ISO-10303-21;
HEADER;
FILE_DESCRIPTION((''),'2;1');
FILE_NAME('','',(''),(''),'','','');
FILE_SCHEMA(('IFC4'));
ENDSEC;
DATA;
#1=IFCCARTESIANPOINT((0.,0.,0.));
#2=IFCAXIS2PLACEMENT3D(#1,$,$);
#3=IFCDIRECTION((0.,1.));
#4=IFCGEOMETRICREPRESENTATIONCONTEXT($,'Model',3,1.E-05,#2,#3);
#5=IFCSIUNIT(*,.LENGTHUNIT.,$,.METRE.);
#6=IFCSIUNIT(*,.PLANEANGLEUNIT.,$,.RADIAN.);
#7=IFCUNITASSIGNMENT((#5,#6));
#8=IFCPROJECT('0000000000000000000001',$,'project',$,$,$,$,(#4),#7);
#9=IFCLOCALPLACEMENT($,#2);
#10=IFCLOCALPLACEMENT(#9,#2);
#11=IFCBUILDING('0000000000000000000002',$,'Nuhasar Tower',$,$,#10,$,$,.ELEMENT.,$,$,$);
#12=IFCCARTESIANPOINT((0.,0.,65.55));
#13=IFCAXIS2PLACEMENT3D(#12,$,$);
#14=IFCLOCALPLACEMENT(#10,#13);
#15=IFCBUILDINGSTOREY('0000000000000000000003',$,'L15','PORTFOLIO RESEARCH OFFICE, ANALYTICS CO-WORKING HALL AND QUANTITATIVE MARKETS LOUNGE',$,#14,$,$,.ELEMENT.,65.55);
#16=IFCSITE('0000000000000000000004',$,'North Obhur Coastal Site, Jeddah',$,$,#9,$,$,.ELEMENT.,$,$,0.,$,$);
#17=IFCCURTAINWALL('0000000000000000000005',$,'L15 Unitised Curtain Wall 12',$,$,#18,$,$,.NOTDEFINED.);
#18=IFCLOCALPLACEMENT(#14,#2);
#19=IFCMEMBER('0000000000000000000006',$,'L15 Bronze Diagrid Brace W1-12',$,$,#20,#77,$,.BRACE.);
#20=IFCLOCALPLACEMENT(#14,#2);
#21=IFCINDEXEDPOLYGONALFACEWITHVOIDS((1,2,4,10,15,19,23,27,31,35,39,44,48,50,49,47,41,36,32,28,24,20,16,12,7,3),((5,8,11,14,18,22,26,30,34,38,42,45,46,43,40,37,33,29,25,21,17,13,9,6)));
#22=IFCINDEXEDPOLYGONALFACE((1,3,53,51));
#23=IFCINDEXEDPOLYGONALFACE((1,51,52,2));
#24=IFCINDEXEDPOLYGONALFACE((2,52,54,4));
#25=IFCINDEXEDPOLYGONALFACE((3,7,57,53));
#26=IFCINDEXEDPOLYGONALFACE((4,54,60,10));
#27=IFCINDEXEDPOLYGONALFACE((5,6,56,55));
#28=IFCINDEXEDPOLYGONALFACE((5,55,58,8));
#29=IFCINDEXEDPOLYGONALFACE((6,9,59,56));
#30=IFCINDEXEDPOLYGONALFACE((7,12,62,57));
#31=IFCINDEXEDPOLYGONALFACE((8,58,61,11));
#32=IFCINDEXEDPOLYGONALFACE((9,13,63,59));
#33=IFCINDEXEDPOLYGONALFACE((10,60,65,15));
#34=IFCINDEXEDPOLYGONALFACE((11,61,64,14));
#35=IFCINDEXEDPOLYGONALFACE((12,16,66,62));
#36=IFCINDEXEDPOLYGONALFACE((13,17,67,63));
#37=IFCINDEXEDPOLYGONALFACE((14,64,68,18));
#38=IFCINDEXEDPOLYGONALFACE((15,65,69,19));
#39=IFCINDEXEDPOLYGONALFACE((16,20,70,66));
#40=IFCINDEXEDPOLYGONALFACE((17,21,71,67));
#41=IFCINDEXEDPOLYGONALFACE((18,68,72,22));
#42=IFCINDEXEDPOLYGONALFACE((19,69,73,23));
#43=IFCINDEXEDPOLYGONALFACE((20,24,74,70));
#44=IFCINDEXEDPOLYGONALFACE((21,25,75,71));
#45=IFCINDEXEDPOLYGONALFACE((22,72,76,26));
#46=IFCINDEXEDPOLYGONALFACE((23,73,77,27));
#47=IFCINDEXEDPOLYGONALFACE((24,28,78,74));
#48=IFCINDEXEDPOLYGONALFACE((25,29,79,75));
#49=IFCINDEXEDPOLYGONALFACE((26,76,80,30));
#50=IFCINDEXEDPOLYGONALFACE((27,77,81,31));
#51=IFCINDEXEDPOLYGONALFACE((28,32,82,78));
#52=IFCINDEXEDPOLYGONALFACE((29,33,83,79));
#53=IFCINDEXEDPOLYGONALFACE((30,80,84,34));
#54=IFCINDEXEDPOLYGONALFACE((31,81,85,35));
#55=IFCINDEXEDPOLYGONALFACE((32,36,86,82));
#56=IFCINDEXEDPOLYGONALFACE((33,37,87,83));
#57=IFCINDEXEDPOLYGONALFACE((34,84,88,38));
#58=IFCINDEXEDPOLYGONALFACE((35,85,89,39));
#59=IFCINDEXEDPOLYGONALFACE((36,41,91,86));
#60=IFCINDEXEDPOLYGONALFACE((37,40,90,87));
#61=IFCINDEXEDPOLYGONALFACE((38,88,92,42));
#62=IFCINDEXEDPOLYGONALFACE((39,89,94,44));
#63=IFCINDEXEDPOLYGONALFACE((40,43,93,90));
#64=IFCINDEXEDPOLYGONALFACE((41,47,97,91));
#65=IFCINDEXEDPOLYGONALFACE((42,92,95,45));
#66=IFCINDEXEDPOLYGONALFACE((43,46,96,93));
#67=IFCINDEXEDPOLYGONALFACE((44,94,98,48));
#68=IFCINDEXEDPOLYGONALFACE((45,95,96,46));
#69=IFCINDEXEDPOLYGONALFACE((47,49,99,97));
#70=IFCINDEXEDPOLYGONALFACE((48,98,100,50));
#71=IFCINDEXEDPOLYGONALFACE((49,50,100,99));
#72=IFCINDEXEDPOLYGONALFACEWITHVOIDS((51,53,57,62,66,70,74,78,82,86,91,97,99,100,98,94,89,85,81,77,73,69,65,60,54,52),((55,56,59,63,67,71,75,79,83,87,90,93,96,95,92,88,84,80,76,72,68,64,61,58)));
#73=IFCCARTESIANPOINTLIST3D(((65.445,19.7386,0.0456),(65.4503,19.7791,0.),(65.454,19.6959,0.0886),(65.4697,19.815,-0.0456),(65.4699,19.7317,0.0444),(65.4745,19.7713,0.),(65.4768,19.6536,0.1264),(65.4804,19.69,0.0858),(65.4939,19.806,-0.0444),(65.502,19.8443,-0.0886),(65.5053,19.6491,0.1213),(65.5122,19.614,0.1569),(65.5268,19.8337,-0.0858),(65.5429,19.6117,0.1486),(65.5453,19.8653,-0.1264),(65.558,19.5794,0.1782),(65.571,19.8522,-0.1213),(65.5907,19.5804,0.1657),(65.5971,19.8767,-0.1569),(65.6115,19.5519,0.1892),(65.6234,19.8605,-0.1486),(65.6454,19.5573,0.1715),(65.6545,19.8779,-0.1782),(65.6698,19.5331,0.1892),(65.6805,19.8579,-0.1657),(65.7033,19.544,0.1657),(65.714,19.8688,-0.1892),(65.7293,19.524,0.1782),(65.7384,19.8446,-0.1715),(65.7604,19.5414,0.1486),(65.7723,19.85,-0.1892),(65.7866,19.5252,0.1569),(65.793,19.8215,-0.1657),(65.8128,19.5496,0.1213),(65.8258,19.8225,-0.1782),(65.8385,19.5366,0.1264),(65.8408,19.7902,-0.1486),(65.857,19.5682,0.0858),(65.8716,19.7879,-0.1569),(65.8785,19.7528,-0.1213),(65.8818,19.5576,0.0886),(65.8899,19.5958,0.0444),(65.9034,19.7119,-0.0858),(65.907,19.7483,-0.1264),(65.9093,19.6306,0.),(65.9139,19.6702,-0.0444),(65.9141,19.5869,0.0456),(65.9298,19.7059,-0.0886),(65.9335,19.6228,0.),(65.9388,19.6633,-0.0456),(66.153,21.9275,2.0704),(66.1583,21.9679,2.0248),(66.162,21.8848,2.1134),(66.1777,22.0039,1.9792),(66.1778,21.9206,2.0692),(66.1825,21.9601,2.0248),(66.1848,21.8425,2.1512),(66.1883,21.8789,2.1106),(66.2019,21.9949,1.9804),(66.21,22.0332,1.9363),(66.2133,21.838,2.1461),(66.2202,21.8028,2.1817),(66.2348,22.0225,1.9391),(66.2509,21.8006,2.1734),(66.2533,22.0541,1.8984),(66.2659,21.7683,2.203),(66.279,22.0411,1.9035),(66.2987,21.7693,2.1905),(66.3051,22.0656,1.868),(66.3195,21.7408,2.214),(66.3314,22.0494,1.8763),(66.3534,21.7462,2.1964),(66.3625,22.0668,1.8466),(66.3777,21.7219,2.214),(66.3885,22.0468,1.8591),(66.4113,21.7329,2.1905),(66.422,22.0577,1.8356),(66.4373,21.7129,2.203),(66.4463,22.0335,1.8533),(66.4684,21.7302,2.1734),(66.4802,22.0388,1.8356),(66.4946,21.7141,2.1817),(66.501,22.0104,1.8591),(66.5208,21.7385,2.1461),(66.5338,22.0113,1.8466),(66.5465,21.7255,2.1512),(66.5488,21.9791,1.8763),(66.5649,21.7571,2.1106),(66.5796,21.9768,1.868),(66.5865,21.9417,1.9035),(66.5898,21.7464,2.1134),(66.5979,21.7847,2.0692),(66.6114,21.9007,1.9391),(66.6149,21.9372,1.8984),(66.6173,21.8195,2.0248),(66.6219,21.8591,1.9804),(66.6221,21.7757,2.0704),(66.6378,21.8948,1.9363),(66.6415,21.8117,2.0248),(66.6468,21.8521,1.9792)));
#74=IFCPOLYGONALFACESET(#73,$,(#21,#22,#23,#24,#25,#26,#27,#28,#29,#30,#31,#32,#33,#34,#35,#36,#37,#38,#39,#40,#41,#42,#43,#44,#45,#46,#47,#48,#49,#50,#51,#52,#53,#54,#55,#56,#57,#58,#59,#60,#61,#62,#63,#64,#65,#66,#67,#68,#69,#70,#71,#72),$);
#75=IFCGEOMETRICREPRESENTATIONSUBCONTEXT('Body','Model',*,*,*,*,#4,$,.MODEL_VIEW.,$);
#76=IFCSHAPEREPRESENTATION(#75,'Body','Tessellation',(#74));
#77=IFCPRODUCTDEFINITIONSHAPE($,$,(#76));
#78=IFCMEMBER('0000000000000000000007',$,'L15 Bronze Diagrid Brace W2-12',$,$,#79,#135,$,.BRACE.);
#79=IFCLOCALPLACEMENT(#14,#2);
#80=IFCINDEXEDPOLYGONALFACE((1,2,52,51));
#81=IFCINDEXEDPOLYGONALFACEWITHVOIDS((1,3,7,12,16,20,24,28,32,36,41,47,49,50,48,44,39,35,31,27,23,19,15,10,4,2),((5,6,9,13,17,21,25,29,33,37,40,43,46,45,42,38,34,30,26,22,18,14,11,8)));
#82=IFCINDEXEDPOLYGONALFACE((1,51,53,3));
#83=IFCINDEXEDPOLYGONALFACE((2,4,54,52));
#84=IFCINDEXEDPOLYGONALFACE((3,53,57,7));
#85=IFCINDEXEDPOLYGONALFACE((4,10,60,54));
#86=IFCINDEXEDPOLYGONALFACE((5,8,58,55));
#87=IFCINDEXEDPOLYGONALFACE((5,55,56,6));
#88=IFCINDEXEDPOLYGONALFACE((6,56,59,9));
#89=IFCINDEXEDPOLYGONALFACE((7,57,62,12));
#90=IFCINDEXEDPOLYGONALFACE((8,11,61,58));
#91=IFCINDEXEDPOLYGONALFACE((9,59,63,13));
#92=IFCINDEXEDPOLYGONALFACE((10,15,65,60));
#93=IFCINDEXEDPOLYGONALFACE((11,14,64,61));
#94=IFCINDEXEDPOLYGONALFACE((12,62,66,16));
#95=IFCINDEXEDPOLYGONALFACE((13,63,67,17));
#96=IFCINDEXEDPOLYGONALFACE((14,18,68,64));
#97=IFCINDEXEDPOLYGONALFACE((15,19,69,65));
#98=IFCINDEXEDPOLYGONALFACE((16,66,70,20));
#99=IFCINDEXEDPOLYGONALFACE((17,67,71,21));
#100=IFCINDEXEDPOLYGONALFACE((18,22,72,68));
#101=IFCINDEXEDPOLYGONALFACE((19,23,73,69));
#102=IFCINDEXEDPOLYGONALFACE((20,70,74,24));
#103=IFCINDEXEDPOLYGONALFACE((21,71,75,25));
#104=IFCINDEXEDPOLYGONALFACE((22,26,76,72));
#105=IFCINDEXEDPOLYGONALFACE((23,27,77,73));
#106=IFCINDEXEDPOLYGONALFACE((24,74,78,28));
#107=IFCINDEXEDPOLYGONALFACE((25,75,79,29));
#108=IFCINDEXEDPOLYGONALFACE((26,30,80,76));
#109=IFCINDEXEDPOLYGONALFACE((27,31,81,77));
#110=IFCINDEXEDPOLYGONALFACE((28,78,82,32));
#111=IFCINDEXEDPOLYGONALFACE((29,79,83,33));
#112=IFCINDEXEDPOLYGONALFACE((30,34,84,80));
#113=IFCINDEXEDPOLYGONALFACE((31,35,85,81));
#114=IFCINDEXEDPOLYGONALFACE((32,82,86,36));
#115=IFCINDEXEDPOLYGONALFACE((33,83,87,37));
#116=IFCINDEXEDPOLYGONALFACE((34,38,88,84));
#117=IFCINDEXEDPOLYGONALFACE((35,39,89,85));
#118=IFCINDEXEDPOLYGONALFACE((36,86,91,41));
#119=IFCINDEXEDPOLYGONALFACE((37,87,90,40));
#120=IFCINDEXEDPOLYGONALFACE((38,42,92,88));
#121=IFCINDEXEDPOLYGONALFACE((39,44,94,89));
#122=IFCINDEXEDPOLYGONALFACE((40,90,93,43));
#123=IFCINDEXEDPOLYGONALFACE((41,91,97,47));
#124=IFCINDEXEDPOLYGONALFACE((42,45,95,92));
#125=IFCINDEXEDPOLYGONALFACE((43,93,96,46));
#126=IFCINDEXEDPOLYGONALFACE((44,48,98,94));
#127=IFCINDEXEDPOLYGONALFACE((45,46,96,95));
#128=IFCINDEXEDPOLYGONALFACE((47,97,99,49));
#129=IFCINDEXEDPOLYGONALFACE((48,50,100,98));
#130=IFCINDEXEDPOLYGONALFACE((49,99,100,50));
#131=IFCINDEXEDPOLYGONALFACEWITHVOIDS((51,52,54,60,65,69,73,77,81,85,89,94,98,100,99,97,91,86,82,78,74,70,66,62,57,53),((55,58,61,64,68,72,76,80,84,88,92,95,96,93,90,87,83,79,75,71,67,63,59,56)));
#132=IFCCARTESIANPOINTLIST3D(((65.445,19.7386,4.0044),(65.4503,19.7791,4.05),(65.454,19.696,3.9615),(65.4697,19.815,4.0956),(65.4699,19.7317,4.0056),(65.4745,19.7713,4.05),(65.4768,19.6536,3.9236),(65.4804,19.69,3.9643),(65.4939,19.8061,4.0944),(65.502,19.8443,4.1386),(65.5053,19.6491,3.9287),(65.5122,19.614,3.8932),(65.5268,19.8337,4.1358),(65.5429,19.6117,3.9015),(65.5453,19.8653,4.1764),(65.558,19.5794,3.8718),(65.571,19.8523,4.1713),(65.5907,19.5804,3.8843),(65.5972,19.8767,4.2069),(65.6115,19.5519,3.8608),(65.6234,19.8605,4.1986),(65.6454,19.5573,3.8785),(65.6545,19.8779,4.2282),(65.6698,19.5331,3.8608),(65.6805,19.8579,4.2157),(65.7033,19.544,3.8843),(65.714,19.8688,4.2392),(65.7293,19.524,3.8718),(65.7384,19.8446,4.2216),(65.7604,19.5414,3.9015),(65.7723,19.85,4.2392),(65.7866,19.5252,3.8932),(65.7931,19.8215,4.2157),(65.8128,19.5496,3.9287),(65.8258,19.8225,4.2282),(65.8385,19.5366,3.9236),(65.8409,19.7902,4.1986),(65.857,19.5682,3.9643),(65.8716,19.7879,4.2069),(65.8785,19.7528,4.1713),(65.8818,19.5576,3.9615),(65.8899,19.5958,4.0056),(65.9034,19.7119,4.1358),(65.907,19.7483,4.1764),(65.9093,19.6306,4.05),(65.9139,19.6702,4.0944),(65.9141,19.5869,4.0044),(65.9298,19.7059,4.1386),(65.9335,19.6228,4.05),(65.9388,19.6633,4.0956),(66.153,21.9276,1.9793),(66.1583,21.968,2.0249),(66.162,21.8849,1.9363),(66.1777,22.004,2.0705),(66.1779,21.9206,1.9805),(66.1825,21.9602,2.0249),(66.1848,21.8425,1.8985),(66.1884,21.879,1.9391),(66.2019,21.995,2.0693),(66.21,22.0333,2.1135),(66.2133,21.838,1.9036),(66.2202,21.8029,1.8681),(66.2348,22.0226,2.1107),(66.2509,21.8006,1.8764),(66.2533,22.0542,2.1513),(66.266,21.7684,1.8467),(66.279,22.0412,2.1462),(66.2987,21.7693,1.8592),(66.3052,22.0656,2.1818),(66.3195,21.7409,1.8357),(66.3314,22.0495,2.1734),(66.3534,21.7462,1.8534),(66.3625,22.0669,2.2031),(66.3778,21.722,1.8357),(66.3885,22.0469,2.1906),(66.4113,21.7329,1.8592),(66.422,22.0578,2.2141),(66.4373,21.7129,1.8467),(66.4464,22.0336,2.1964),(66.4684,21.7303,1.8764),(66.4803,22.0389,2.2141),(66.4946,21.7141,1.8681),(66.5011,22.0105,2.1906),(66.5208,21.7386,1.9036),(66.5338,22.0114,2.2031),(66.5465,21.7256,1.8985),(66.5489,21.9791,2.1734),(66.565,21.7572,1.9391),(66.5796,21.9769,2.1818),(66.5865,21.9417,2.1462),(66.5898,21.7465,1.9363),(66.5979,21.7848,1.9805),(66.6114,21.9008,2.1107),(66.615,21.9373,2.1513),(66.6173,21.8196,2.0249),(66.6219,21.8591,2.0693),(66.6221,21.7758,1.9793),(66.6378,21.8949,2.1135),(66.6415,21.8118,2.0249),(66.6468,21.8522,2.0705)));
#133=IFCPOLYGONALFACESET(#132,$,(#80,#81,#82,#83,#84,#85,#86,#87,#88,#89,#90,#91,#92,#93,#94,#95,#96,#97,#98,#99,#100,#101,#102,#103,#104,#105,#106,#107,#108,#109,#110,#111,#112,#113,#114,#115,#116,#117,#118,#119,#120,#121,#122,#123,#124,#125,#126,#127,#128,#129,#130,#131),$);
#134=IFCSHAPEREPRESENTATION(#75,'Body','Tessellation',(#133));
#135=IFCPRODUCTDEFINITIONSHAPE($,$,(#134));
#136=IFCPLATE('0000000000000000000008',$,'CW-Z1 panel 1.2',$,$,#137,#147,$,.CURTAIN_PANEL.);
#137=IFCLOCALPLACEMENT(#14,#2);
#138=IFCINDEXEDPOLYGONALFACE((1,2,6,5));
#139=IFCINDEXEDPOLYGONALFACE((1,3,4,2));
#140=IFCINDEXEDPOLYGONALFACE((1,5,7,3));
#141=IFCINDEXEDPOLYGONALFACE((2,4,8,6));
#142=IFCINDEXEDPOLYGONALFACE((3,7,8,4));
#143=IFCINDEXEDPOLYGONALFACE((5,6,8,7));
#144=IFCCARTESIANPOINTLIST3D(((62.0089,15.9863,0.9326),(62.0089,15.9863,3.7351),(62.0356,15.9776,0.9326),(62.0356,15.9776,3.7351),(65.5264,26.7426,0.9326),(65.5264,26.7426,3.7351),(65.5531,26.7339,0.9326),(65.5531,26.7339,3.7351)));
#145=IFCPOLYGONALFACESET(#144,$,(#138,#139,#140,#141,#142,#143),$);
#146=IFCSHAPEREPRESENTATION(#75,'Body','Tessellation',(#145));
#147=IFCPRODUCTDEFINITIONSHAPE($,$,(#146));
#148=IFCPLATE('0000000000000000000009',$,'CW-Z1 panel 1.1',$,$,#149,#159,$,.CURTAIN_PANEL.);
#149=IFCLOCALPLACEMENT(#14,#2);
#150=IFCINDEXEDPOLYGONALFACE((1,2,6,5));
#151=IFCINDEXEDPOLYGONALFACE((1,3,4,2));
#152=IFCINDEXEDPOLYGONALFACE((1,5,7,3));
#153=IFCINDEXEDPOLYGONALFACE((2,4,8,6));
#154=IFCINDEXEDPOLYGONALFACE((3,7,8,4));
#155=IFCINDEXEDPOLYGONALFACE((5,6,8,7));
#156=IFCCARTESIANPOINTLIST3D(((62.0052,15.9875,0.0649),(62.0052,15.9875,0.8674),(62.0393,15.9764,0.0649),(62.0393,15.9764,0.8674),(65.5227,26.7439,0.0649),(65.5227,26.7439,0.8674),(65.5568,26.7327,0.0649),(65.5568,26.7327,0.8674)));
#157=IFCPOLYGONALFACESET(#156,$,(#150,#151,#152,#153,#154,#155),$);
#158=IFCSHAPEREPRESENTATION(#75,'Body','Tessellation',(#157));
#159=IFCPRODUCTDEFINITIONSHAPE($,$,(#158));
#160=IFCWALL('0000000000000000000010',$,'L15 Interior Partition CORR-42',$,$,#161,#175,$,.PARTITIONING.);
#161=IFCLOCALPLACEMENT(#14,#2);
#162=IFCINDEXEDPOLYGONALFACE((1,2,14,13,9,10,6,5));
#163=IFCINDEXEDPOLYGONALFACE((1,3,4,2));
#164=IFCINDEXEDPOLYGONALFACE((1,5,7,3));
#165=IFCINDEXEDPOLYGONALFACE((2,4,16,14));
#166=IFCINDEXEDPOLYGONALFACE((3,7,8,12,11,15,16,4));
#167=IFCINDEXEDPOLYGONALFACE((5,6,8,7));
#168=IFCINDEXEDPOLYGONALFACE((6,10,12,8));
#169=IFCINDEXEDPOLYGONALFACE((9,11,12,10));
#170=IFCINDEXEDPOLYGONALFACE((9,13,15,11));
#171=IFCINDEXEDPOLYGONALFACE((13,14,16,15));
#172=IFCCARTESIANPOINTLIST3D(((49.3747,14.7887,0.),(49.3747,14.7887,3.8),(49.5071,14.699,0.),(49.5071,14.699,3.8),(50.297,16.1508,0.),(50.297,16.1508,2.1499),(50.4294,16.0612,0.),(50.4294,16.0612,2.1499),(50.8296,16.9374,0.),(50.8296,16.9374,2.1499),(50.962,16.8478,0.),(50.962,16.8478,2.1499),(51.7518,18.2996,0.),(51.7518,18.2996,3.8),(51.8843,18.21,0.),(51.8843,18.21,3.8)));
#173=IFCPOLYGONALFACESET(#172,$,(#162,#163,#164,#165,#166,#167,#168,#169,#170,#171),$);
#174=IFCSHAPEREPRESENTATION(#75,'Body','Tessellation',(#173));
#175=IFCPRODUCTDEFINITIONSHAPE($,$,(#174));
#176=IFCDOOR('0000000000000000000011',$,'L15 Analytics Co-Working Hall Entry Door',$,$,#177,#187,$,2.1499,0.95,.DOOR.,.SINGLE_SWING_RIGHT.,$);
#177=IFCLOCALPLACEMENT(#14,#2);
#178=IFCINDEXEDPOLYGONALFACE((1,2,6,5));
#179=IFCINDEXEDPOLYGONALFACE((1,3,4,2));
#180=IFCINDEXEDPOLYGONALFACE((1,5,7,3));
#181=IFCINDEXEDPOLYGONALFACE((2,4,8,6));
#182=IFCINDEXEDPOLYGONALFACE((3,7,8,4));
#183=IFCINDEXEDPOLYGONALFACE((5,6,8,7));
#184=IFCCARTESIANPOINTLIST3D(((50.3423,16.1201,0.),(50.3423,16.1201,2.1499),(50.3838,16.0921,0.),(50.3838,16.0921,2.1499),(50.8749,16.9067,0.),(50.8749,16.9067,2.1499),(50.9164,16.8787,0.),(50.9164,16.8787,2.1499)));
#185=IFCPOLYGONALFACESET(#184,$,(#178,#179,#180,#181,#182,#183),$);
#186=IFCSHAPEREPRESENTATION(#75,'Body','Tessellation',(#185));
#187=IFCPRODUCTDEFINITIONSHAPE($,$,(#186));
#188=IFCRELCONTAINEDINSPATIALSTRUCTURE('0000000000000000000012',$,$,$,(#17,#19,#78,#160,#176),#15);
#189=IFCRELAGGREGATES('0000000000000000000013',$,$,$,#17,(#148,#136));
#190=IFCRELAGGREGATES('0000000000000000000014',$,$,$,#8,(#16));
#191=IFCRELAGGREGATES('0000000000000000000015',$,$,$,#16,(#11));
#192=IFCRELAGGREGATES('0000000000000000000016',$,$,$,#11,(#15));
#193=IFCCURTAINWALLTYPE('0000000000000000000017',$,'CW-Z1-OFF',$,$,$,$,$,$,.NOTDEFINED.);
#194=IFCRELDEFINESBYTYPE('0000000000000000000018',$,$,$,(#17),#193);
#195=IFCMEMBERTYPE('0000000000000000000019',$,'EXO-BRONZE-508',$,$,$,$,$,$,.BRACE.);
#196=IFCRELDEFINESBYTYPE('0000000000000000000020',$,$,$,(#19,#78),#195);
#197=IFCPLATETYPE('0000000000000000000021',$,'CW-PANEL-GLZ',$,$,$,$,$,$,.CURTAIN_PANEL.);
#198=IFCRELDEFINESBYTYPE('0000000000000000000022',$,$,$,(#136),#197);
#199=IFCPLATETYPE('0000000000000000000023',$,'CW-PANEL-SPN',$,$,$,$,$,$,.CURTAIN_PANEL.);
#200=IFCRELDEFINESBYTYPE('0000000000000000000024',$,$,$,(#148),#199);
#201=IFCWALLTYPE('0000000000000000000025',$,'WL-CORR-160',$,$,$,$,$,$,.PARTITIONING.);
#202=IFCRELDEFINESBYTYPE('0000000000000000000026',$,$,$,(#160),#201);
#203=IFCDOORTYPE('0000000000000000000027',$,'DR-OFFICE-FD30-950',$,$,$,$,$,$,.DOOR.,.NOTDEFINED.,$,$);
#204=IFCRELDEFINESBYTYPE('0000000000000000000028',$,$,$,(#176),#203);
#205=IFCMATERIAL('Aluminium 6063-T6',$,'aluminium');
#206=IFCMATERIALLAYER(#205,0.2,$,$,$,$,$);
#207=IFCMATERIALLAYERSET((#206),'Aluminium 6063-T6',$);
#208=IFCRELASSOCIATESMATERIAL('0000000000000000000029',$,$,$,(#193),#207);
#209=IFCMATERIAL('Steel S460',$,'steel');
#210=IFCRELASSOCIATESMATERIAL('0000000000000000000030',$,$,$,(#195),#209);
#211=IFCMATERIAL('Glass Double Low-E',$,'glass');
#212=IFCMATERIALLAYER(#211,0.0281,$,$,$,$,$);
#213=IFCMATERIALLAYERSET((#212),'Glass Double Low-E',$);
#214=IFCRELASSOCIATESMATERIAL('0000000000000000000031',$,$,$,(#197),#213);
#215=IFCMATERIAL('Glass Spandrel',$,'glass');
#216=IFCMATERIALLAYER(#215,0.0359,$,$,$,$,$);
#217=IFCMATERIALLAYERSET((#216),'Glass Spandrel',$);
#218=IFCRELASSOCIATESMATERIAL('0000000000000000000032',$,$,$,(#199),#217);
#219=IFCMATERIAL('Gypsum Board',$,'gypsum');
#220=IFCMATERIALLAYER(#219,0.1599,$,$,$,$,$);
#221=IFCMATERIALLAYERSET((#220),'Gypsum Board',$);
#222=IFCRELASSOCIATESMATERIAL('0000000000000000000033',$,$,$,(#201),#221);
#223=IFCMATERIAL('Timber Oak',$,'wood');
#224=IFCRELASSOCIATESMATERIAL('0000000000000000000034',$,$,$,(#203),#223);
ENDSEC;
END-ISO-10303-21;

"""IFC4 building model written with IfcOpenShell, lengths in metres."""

from ifc_helpers import new_model, si_unit, direction, frame, frame_2d, origin, origin_2d, place, context, subcontext, project, spatial, rectangle, hollow_circle, extrude, material, layer, layer_set, material_profile, profile_set, type_object, element, fill, aggregate, save


model = new_model("IFC4")

# Units and contexts
model_context = context("Model", 3, precision=1e-05, world=origin(), true_north=direction((0.0, 1.0)))
body_context = subcontext(model_context, "Body", "Model", "MODEL_VIEW")
ifc_project = project(units=[si_unit("LENGTHUNIT", "METRE"), si_unit("PLANEANGLEUNIT", "RADIAN")], contexts=[model_context])

# Site, building, storey
site_placement = place(None, origin())
site = spatial("IfcSite", under=ifc_project, at=site_placement, Name="North Obhur Coastal Site, Jeddah", CompositionType="ELEMENT", RefElevation=0.0)
building_placement = place(site_placement, origin())
building = spatial("IfcBuilding", under=site, at=building_placement, Name="Nuhasar Tower", CompositionType="ELEMENT")
storey_placement = place(building_placement, frame((0.0, 0.0, 65.55)))
storey = spatial("IfcBuildingStorey", under=building, at=storey_placement, Name="L15", Description="PORTFOLIO RESEARCH OFFICE, ANALYTICS CO-WORKING HALL AND QUANTITATIVE MARKETS LOUNGE", CompositionType="ELEMENT", Elevation=65.55)

# Curtain wall
ifc_material_1 = material(Name="Aluminium 6063-T6", Category="aluminium")
ifc_layer_1 = layer(ifc_material_1, 0.2)
ifc_layer_set_1 = layer_set([ifc_layer_1], Name="Aluminium 6063-T6")
curtain_wall_type = type_object("IfcCurtainWallType", Name="CW-Z1-OFF", PredefinedType="NOTDEFINED", material=ifc_layer_set_1)
curtain_wall_placement = place(storey_placement, origin())
curtain_wall = element("IfcCurtainWall", 1, at=curtain_wall_placement, inside=storey, type_object=curtain_wall_type, Name="L15 Unitised Curtain Wall 12", PredefinedType="NOTDEFINED")

# Members
ifc_material_2 = material(Name="Steel S460", Category="steel")
ifc_material_profile_1 = material_profile(ifc_material_2, hollow_circle(Radius=0.2539, WallThickness=0.0254, at=origin_2d()), Name="HSS508X25.4")
ifc_profile_set_1 = profile_set([ifc_material_profile_1], Name="Steel S460")
member_type_1 = type_object("IfcMemberType", Name="EXO-BRONZE-508", PredefinedType="BRACE", material=ifc_profile_set_1)
member_1_placement = place(storey_placement, frame((65.6919, 19.7009, 0.0), z_axis=(0.231012, 0.714225, 0.660694), x_axis=(-0.951468, 0.307747, 0.0)))
element("IfcMember", 2, at=member_1_placement, inside=storey, type_object=member_type_1, Name="L15 Bronze Diagrid Brace W1-12", PredefinedType="BRACE", context=body_context, shape_type="SweptSolid", body=[
    extrude(hollow_circle(Radius=0.2539, WallThickness=0.0254, at=origin_2d()), origin(), (0.0, 0.0, 1.0), 3.0647),
])
member_2_placement = place(storey_placement, frame((66.3999, 21.8899, 2.0249), z_axis=(-0.231, -0.714187, 0.660739), x_axis=(0.951468, -0.307747, 0.0)))
element("IfcMember", 3, at=member_2_placement, inside=storey, type_object=member_type_1, Name="L15 Bronze Diagrid Brace W2-12", PredefinedType="BRACE", context=body_context, shape_type="SweptSolid", body=[
    extrude(hollow_circle(Radius=0.2539, WallThickness=0.0254, at=origin_2d()), origin(), (0.0, 0.0, 1.0), 3.0649),
])

# Plates
ifc_material_3 = material(Name="Glass Double Low-E", Category="glass")
ifc_layer_2 = layer(ifc_material_3, 0.0281)
ifc_layer_set_2 = layer_set([ifc_layer_2], Name="Glass Double Low-E")
plate_type_1 = type_object("IfcPlateType", Name="CW-PANEL-GLZ", PredefinedType="CURTAIN_PANEL", material=ifc_layer_set_2)
plate_1_placement = place(storey_placement, frame((63.781, 21.3601, 0.9326), z_axis=(0.0, 0.0, 1.0), x_axis=(0.310824, 0.950468, 0.0)))
plate_1 = element("IfcPlate", 4, at=plate_1_placement, type_object=plate_type_1, Name="CW-Z1 panel 1.2", PredefinedType="CURTAIN_PANEL", context=body_context, shape_type="SweptSolid", body=[
    extrude(rectangle(XDim=11.3169, YDim=0.0281, at=origin_2d()), origin(), (0.0, 0.0, 1.0), 2.8025),
])
ifc_material_4 = material(Name="Glass Spandrel", Category="glass")
ifc_layer_3 = layer(ifc_material_4, 0.0359)
ifc_layer_set_3 = layer_set([ifc_layer_3], Name="Glass Spandrel")
plate_type_2 = type_object("IfcPlateType", Name="CW-PANEL-SPN", PredefinedType="CURTAIN_PANEL", material=ifc_layer_set_3)
plate_2_placement = place(storey_placement, frame((63.781, 21.3601, 0.0649), z_axis=(0.0, 0.0, 1.0), x_axis=(0.310824, 0.950468, 0.0)))
plate_2 = element("IfcPlate", 5, at=plate_2_placement, type_object=plate_type_2, Name="CW-Z1 panel 1.1", PredefinedType="CURTAIN_PANEL", context=body_context, shape_type="SweptSolid", body=[
    extrude(rectangle(XDim=11.3169, YDim=0.0359, at=origin_2d()), origin(), (0.0, 0.0, 1.0), 0.8025),
])
aggregate(curtain_wall, [plate_2, plate_1])

# Wall, opening, door
ifc_material_5 = material(Name="Gypsum Board", Category="gypsum")
ifc_layer_4 = layer(ifc_material_5, 0.1599)
ifc_layer_set_4 = layer_set([ifc_layer_4], Name="Gypsum Board")
wall_type_1 = type_object("IfcWallType", Name="WL-CORR-160", PredefinedType="PARTITIONING", material=ifc_layer_set_4)
wall_1_placement = place(storey_placement, frame((51.8181, 18.2549, 0.0), z_axis=(0.0, 0.0, 1.0), x_axis=(-0.560652, -0.828051, 0.0)))
wall_1 = element("IfcWall", 6, at=wall_1_placement, inside=storey, type_object=wall_type_1, Name="L15 Interior Partition CORR-42", PredefinedType="PARTITIONING", context=body_context, shape_type="SweptSolid", body=[
    extrude(rectangle(XDim=4.24, YDim=0.1599, at=frame_2d((2.1201, 0.0))), origin(), (0.0, 0.0, 1.0), 3.8),
])
opening_1_placement = place(wall_1_placement, frame((1.645, 0.0, 0.0)))
opening_1 = element("IfcOpeningElement", 7, at=opening_1_placement, cuts=wall_1, PredefinedType="OPENING", context=body_context, shape_type="SweptSolid", body=[
    extrude(rectangle(XDim=0.95, YDim=2.1499, at=frame_2d((0.4751, 1.075))), frame((0.0, 0.0898, 0.0), z_axis=(0.0, -1.0, 0.0), x_axis=(1.0, 0.0, 0.0)), (0.0, 0.0, 1.0), 0.1799),
])
ifc_material_6 = material(Name="Timber Oak", Category="wood")
door_type_1 = type_object("IfcDoorType", Name="DR-OFFICE-FD30-950", OperationType="NOTDEFINED", PredefinedType="DOOR", material=ifc_material_6)
door_1_placement = place(opening_1_placement, origin())
door_1 = element("IfcDoor", 8, at=door_1_placement, inside=storey, type_object=door_type_1, Name="L15 Analytics Co-Working Hall Entry Door", OperationType="SINGLE_SWING_RIGHT", OverallHeight=2.1499, OverallWidth=0.95, PredefinedType="DOOR", context=body_context, shape_type="SweptSolid", body=[
    extrude(rectangle(XDim=0.95, YDim=2.1499, at=frame_2d((0.4751, 1.075))), frame((0.0, 0.0249, 0.0), z_axis=(0.0, -1.0, 0.0), x_axis=(1.0, 0.0, 0.0)), (0.0, 0.0, 1.0), 0.05),
])
fill(opening_1, door_1)

save(model, "model.ifc")
